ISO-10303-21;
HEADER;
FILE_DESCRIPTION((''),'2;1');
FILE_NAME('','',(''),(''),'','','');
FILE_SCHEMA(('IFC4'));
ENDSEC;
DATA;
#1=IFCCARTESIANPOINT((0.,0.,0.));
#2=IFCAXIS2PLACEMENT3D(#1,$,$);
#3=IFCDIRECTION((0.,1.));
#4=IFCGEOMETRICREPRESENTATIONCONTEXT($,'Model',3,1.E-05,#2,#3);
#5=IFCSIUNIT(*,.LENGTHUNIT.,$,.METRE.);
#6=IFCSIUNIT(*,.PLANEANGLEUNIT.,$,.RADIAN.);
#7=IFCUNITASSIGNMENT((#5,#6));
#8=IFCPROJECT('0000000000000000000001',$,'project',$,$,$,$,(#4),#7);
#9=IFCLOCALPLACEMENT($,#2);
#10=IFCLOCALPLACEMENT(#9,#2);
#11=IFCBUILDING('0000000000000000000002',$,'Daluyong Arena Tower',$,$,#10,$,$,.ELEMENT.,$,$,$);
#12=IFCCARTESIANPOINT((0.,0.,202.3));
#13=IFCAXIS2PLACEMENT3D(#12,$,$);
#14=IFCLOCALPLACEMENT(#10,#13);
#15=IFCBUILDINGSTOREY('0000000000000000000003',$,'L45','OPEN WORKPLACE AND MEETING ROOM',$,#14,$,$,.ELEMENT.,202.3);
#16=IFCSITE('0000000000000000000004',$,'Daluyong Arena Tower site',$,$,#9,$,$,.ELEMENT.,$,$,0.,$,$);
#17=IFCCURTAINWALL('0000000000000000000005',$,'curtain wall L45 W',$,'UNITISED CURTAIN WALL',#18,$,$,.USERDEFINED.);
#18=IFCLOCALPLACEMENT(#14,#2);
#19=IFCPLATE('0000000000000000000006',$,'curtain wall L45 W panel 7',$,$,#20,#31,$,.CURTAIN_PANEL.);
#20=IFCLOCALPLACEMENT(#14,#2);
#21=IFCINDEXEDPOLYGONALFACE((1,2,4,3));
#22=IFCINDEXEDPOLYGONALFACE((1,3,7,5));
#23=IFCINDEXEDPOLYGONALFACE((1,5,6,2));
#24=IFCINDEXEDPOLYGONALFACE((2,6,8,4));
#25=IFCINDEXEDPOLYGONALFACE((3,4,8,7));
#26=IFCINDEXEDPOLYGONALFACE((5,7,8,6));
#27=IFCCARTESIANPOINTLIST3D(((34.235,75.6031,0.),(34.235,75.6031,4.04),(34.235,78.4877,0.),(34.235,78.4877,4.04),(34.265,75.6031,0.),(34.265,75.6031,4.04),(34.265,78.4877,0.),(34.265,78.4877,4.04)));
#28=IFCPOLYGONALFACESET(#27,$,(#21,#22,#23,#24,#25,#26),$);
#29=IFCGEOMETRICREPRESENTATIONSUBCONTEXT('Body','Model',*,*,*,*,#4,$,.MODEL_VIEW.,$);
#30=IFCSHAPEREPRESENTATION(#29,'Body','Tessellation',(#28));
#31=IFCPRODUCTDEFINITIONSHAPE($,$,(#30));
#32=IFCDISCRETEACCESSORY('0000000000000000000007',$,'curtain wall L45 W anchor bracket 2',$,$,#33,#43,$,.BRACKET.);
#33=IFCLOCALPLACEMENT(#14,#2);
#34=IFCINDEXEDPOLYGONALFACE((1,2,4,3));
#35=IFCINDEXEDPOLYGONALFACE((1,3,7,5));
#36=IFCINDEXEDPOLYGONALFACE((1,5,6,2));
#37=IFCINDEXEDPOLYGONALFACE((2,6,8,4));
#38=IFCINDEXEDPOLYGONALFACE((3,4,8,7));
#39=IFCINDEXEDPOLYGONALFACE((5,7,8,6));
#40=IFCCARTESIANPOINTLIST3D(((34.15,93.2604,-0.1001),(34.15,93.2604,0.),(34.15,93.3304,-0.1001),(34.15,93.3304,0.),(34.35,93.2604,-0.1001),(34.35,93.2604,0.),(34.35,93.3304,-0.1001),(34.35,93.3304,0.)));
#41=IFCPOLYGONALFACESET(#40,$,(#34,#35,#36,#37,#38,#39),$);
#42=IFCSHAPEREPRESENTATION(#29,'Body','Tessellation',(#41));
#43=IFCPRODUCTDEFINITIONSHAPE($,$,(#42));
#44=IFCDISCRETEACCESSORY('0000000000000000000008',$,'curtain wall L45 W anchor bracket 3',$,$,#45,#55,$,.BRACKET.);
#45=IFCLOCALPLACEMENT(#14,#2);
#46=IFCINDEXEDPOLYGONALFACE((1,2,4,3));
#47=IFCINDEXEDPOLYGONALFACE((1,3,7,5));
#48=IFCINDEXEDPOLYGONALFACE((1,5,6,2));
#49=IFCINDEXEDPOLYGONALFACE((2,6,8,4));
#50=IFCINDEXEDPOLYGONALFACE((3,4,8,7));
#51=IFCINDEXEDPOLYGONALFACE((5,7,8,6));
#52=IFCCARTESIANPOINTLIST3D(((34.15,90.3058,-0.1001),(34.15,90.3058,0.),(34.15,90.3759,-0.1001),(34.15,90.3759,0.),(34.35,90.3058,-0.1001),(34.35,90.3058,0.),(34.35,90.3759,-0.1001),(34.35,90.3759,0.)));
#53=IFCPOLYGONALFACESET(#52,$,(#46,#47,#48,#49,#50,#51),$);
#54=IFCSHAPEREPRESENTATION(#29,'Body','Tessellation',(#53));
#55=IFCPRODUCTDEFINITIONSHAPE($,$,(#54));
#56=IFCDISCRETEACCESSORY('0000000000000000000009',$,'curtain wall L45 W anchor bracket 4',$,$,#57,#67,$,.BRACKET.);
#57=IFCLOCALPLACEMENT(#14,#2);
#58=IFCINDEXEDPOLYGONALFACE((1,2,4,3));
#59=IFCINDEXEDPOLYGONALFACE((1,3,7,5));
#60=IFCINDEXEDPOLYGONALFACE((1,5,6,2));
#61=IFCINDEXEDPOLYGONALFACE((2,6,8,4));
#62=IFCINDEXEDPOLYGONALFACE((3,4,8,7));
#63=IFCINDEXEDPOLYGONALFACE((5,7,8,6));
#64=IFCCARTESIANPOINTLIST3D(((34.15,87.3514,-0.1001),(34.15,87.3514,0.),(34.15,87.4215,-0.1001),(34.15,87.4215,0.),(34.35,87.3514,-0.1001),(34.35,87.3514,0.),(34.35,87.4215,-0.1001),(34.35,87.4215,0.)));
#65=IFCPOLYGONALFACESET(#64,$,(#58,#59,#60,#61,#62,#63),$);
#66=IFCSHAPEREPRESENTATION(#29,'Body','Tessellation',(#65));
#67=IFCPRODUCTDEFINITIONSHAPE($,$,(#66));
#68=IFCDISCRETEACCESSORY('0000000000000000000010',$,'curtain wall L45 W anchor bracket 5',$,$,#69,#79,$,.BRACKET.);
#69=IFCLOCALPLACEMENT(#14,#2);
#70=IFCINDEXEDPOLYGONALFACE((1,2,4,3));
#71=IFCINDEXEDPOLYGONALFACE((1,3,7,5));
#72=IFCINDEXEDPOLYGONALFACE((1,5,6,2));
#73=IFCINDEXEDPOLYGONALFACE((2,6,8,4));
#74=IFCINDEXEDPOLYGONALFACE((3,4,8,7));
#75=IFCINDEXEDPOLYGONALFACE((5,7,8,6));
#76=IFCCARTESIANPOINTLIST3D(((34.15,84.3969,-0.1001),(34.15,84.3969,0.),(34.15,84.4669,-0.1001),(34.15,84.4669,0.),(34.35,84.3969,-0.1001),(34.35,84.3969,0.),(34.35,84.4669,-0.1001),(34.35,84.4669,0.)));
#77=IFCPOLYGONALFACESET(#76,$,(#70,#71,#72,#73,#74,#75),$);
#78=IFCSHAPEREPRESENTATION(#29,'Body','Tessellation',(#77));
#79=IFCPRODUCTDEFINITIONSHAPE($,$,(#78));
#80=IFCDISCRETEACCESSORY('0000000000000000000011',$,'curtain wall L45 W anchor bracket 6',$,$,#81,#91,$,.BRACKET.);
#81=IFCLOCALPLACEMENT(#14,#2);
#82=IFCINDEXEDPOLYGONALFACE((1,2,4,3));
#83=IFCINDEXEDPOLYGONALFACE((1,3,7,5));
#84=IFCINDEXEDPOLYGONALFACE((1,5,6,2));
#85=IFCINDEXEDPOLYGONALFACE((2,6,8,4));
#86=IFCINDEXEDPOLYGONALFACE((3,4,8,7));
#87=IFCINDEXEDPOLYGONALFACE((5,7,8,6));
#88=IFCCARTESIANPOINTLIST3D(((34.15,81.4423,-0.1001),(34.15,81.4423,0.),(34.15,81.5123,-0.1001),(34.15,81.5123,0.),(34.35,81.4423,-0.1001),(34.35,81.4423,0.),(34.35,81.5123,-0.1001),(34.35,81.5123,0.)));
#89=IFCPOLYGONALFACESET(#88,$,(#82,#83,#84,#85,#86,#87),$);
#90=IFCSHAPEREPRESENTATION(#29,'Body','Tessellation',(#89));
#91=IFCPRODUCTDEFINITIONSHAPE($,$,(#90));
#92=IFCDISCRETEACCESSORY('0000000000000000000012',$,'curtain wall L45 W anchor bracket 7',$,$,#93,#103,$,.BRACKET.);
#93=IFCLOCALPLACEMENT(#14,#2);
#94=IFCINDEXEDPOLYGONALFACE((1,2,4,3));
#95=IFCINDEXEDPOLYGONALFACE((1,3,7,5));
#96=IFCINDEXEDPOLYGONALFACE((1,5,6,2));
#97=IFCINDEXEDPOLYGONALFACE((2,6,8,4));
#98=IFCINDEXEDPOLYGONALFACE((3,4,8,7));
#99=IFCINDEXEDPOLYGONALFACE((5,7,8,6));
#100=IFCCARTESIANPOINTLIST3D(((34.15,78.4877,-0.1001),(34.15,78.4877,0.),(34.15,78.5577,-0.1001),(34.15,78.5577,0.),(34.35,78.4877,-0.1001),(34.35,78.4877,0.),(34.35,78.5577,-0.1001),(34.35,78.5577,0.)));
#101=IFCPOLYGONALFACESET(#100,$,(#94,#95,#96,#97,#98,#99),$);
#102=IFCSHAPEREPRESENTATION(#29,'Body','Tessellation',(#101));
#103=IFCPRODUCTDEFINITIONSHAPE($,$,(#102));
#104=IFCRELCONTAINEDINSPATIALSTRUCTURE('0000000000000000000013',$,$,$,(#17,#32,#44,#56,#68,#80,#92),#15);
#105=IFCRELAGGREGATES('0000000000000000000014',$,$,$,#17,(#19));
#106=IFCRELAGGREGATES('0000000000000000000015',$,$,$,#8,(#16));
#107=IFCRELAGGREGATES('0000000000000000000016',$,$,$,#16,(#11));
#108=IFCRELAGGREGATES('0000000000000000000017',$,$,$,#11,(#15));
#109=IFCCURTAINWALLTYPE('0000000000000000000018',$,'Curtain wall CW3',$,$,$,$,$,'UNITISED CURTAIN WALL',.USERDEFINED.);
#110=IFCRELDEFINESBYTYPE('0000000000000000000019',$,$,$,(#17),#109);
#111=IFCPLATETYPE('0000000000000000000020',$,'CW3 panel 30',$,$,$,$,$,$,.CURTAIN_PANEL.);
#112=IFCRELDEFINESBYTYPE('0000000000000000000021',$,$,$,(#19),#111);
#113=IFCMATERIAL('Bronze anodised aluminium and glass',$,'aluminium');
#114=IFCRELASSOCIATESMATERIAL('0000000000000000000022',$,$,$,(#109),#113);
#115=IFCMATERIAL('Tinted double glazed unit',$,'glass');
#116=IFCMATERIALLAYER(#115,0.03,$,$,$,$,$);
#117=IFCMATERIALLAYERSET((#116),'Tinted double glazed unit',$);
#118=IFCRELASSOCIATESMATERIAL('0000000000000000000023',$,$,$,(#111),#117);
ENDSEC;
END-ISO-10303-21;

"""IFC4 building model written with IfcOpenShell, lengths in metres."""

from ifc_helpers import new_model, si_unit, direction, frame, origin, origin_2d, place, context, subcontext, project, spatial, rectangle, extrude, material, layer, layer_set, type_object, element, aggregate, save


model = new_model("IFC4")

# Units and contexts
model_context = context("Model", 3, precision=1e-05, world=origin(), true_north=direction((0.0, 1.0)))
body_context = subcontext(model_context, "Body", "Model", "MODEL_VIEW")
ifc_project = project(units=[si_unit("LENGTHUNIT", "METRE"), si_unit("PLANEANGLEUNIT", "RADIAN")], contexts=[model_context])

# Site, building, storey
site_placement = place(None, origin())
site = spatial("IfcSite", under=ifc_project, at=site_placement, Name="Daluyong Arena Tower site", CompositionType="ELEMENT", RefElevation=0.0)
building_placement = place(site_placement, origin())
building = spatial("IfcBuilding", under=site, at=building_placement, Name="Daluyong Arena Tower", CompositionType="ELEMENT")
storey_placement = place(building_placement, frame((0.0, 0.0, 202.3)))
storey = spatial("IfcBuildingStorey", under=building, at=storey_placement, Name="L45", Description="OPEN WORKPLACE AND MEETING ROOM", CompositionType="ELEMENT", Elevation=202.3)

# Curtain wall
ifc_material_1 = material(Name="Bronze anodised aluminium and glass", Category="aluminium")
curtain_wall_type = type_object("IfcCurtainWallType", Name="Curtain wall CW3", ElementType="UNITISED CURTAIN WALL", PredefinedType="USERDEFINED", material=ifc_material_1)
curtain_wall_placement = place(storey_placement, origin())
curtain_wall = element("IfcCurtainWall", 1, at=curtain_wall_placement, inside=storey, type_object=curtain_wall_type, Name="curtain wall L45 W", ObjectType="UNITISED CURTAIN WALL", PredefinedType="USERDEFINED")

# Plate
ifc_material_2 = material(Name="Tinted double glazed unit", Category="glass")
ifc_layer = layer(ifc_material_2, 0.03)
ifc_layer_set = layer_set([ifc_layer], Name="Tinted double glazed unit")
plate_type = type_object("IfcPlateType", Name="CW3 panel 30", PredefinedType="CURTAIN_PANEL", material=ifc_layer_set)
plate_1_placement = place(storey_placement, frame((34.25, 77.0454, 0.0), z_axis=(0.0, 0.0, 1.0), x_axis=(0.0, -1.0, 0.0)))
plate_1 = element("IfcPlate", 2, at=plate_1_placement, type_object=plate_type, Name="curtain wall L45 W panel 7", PredefinedType="CURTAIN_PANEL", context=body_context, shape_type="SweptSolid", body=[
    extrude(rectangle(XDim=2.8845, YDim=0.03, at=origin_2d()), origin(), (0.0, 0.0, 1.0), 4.04),
])
aggregate(curtain_wall, [plate_1])

# Discrete accessories
for number, where, z_axis, x_axis, name in (
    (3, (34.25, 93.2954, -0.1001), (0.0, 0.0, 1.0), (0.0, -1.0, 0.0), "curtain wall L45 W anchor bracket 2"),
    (4, (34.25, 90.3408, -0.1001), (0.0, 0.0, 1.0), (0.0, -1.0, 0.0), "curtain wall L45 W anchor bracket 3"),
    (5, (34.25, 87.3865, -0.1001), (0.0, 0.0, 1.0), (0.0, -1.0, 0.0), "curtain wall L45 W anchor bracket 4"),
    (6, (34.25, 84.4319, -0.1001), (0.0, 0.0, 1.0), (0.0, -1.0, 0.0), "curtain wall L45 W anchor bracket 5"),
    (7, (34.25, 81.4773, -0.1001), (0.0, 0.0, 1.0), (0.0, -1.0, 0.0), "curtain wall L45 W anchor bracket 6"),
    (8, (34.25, 78.5227, -0.1001), (0.0, 0.0, 1.0), (0.0, -1.0, 0.0), "curtain wall L45 W anchor bracket 7"),
):
    element("IfcDiscreteAccessory", number, at=place(storey_placement, frame(where, z_axis=z_axis, x_axis=x_axis)), inside=storey, Name=name, PredefinedType="BRACKET", context=body_context, shape_type="SweptSolid", body=[
        extrude(rectangle(XDim=0.0701, YDim=0.2, at=origin_2d()), origin(), (0.0, 0.0, 1.0), 0.1001),
    ])

save(model, "model.ifc")
